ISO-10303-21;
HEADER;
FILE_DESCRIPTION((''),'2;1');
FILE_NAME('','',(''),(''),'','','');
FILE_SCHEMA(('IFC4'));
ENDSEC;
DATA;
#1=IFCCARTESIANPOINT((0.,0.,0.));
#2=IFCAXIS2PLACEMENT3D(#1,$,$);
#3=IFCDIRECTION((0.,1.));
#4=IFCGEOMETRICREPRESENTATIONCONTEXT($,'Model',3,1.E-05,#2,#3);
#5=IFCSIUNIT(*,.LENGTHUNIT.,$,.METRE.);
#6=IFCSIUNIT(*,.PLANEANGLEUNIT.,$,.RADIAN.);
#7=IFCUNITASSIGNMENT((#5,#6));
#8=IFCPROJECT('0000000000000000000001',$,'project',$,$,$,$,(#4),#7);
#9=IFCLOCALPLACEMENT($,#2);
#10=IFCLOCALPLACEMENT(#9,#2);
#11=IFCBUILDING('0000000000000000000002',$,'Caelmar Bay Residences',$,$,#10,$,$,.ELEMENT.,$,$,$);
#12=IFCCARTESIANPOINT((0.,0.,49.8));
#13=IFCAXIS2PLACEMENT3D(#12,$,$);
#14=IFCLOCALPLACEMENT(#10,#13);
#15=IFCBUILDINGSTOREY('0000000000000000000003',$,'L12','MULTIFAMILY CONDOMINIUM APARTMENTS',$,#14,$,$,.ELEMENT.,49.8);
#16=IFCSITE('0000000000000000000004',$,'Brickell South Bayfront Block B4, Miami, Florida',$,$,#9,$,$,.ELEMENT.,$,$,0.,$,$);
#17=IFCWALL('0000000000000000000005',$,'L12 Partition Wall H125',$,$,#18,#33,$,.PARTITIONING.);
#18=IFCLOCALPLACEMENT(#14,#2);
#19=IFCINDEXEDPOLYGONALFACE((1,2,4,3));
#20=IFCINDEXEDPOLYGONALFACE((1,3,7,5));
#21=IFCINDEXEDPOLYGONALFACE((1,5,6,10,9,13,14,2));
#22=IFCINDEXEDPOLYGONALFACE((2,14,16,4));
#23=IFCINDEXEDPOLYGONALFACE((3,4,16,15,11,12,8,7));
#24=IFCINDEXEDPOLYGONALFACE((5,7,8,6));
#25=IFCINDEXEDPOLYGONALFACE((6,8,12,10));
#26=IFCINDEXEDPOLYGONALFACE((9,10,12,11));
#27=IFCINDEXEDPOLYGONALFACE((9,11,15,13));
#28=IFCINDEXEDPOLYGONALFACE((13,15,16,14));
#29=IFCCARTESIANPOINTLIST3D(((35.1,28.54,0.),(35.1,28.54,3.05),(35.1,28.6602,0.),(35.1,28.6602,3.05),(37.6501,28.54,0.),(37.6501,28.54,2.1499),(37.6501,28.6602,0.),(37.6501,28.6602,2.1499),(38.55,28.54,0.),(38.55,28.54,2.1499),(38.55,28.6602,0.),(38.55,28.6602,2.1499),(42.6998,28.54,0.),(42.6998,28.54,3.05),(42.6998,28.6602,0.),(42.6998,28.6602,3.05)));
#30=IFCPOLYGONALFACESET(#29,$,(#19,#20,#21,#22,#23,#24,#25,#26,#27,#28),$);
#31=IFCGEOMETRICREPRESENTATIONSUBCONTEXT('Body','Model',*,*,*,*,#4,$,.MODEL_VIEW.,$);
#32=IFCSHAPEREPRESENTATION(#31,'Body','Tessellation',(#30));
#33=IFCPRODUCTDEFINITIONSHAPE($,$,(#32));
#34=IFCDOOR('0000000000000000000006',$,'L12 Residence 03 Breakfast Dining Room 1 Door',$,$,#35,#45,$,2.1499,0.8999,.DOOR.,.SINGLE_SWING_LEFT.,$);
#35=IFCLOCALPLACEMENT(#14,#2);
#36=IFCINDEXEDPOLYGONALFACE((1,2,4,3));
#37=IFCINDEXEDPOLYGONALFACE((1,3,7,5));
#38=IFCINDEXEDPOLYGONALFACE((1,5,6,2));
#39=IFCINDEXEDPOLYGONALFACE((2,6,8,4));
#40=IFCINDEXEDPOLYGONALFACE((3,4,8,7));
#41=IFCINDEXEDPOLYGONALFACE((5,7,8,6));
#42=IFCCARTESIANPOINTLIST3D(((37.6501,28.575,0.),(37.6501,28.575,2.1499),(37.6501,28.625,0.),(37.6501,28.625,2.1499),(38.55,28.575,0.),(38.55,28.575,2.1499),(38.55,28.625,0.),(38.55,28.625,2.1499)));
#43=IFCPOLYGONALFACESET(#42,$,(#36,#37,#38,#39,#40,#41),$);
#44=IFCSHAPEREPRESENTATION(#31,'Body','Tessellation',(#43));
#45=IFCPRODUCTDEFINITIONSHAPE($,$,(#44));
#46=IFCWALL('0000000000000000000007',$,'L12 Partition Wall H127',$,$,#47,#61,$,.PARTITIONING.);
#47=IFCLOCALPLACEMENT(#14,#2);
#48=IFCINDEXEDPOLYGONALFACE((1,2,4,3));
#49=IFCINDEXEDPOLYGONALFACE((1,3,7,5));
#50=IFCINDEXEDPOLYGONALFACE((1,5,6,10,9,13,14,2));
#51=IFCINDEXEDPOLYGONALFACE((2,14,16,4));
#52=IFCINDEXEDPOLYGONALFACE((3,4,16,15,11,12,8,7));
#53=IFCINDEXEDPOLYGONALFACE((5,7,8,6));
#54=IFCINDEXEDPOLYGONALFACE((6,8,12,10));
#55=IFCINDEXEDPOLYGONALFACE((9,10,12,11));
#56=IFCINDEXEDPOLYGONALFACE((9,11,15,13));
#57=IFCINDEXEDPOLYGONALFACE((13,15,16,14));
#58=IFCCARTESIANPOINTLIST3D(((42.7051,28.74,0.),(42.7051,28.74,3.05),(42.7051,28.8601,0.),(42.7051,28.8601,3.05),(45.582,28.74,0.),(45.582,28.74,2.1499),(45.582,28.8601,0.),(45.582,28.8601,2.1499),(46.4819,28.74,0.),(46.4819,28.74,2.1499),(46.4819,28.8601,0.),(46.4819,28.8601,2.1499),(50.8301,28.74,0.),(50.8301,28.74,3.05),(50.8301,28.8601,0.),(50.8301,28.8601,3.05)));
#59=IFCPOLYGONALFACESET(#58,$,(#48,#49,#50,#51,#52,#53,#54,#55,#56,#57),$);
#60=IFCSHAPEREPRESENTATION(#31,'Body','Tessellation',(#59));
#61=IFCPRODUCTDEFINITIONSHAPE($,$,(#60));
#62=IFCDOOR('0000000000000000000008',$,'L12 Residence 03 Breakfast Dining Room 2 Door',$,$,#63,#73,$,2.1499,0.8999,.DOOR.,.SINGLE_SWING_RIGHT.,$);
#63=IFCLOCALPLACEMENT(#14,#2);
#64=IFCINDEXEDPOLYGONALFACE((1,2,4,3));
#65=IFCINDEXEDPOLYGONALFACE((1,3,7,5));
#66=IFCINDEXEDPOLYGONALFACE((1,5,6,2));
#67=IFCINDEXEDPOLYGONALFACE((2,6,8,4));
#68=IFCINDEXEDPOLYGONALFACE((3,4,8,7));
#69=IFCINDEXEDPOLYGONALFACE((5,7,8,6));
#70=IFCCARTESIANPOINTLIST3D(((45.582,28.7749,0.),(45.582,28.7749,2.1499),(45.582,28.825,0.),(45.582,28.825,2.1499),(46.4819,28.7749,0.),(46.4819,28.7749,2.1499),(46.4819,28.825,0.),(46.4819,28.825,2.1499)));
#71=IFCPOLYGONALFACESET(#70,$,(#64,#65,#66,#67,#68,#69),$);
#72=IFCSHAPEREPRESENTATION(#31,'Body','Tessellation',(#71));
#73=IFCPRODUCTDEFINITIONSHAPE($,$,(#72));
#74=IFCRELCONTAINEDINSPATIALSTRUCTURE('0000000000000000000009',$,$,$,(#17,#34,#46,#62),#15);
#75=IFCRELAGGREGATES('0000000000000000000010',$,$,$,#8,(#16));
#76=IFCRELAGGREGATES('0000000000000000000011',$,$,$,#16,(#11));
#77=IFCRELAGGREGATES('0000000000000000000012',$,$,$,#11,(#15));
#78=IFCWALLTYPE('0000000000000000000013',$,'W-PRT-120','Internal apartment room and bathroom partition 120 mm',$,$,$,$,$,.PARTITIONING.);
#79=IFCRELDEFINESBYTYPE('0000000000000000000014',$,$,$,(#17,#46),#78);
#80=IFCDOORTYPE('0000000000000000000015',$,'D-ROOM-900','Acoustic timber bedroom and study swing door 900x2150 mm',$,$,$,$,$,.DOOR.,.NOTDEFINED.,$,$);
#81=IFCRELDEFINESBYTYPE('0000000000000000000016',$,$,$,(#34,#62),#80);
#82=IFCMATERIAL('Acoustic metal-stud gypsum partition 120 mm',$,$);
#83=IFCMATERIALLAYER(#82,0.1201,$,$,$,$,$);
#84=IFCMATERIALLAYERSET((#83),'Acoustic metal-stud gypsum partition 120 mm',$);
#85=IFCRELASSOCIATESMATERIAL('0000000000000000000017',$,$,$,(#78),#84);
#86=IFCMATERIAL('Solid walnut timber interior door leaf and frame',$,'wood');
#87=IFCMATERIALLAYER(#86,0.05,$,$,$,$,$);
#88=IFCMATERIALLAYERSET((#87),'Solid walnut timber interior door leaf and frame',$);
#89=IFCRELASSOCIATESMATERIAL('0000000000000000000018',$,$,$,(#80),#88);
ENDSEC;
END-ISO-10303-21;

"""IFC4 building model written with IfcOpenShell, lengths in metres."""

from ifc_helpers import new_model, si_unit, direction, frame, frame_2d, origin, place, context, subcontext, project, spatial, rectangle, extrude, material, layer, layer_set, type_object, element, fill, save


model = new_model("IFC4")

# Units and contexts
model_context = context("Model", 3, precision=1e-05, world=origin(), true_north=direction((0.0, 1.0)))
body_context = subcontext(model_context, "Body", "Model", "MODEL_VIEW")
ifc_project = project(units=[si_unit("LENGTHUNIT", "METRE"), si_unit("PLANEANGLEUNIT", "RADIAN")], contexts=[model_context])

# Site, building, storey
site_placement = place(None, origin())
site = spatial("IfcSite", under=ifc_project, at=site_placement, Name="Brickell South Bayfront Block B4, Miami, Florida", CompositionType="ELEMENT", RefElevation=0.0)
building_placement = place(site_placement, origin())
building = spatial("IfcBuilding", under=site, at=building_placement, Name="Caelmar Bay Residences", CompositionType="ELEMENT")
storey_placement = place(building_placement, frame((0.0, 0.0, 49.8)))
storey = spatial("IfcBuildingStorey", under=building, at=storey_placement, Name="L12", Description="MULTIFAMILY CONDOMINIUM APARTMENTS", CompositionType="ELEMENT", Elevation=49.8)

# Shared definitions
ifc_material_1 = material(Name="Acoustic metal-stud gypsum partition 120 mm")
ifc_layer_1 = layer(ifc_material_1, 0.1201)
ifc_layer_set_1 = layer_set([ifc_layer_1], Name="Acoustic metal-stud gypsum partition 120 mm")
wall_type = type_object("IfcWallType", Name="W-PRT-120", Description="Internal apartment room and bathroom partition 120 mm", PredefinedType="PARTITIONING", material=ifc_layer_set_1)

# Shared definitions
ifc_material_2 = material(Name="Solid walnut timber interior door leaf and frame", Category="wood")
ifc_layer_2 = layer(ifc_material_2, 0.05)
ifc_layer_set_2 = layer_set([ifc_layer_2], Name="Solid walnut timber interior door leaf and frame")
door_type = type_object("IfcDoorType", Name="D-ROOM-900", Description="Acoustic timber bedroom and study swing door 900x2150 mm", OperationType="NOTDEFINED", PredefinedType="DOOR", material=ifc_layer_set_2)

# Walls, openings, doors
wall_1_placement = place(storey_placement, frame((35.1001, 28.6001, 0.0), z_axis=(0.0, 0.0, 1.0), x_axis=(1.0, 0.0, 0.0)))
wall_1 = element("IfcWall", 1, at=wall_1_placement, inside=storey, type_object=wall_type, Name="L12 Partition Wall H125", PredefinedType="PARTITIONING", context=body_context, shape_type="SweptSolid", body=[
    extrude(rectangle(XDim=7.5999, YDim=0.1201, at=frame_2d((3.7998, 0.0))), origin(), (0.0, 0.0, 1.0), 3.05),
])
opening_1_placement = place(wall_1_placement, frame((2.55, 0.0, 0.0)))
opening_1 = element("IfcOpeningElement", 2, at=opening_1_placement, cuts=wall_1, PredefinedType="OPENING", context=body_context, shape_type="SweptSolid", body=[
    extrude(rectangle(XDim=0.8999, YDim=2.1499, at=frame_2d((0.45, 1.075))), frame((0.0, 0.0701, 0.0), z_axis=(0.0, -1.0, 0.0), x_axis=(1.0, 0.0, 0.0)), (0.0, 0.0, 1.0), 0.1401),
])
door_1_placement = place(opening_1_placement, origin())
door_1 = element("IfcDoor", 3, at=door_1_placement, inside=storey, type_object=door_type, Name="L12 Residence 03 Breakfast Dining Room 1 Door", OperationType="SINGLE_SWING_LEFT", OverallHeight=2.1499, OverallWidth=0.8999, PredefinedType="DOOR", context=body_context, shape_type="SweptSolid", body=[
    extrude(rectangle(XDim=0.8999, YDim=2.1499, at=frame_2d((0.45, 1.075))), frame((0.0, 0.0249, 0.0), z_axis=(0.0, -1.0, 0.0), x_axis=(1.0, 0.0, 0.0)), (0.0, 0.0, 1.0), 0.05),
])
fill(opening_1, door_1)
wall_2_placement = place(storey_placement, frame((42.7051, 28.8, 0.0), z_axis=(0.0, 0.0, 1.0), x_axis=(1.0, 0.0, 0.0)))
wall_2 = element("IfcWall", 4, at=wall_2_placement, inside=storey, type_object=wall_type, Name="L12 Partition Wall H127", PredefinedType="PARTITIONING", context=body_context, shape_type="SweptSolid", body=[
    extrude(rectangle(XDim=8.125, YDim=0.1201, at=frame_2d((4.0625, 0.0))), origin(), (0.0, 0.0, 1.0), 3.05),
])
opening_2_placement = place(wall_2_placement, frame((2.877, 0.0, 0.0)))
opening_2 = element("IfcOpeningElement", 5, at=opening_2_placement, cuts=wall_2, PredefinedType="OPENING", context=body_context, shape_type="SweptSolid", body=[
    extrude(rectangle(XDim=0.8999, YDim=2.1499, at=frame_2d((0.45, 1.075))), frame((0.0, 0.0701, 0.0), z_axis=(0.0, -1.0, 0.0), x_axis=(1.0, 0.0, 0.0)), (0.0, 0.0, 1.0), 0.1401),
])
door_2_placement = place(opening_2_placement, origin())
door_2 = element("IfcDoor", 6, at=door_2_placement, inside=storey, type_object=door_type, Name="L12 Residence 03 Breakfast Dining Room 2 Door", OperationType="SINGLE_SWING_RIGHT", OverallHeight=2.1499, OverallWidth=0.8999, PredefinedType="DOOR", context=body_context, shape_type="SweptSolid", body=[
    extrude(rectangle(XDim=0.8999, YDim=2.1499, at=frame_2d((0.45, 1.075))), frame((0.0, 0.0249, 0.0), z_axis=(0.0, -1.0, 0.0), x_axis=(1.0, 0.0, 0.0)), (0.0, 0.0, 1.0), 0.05),
])
fill(opening_2, door_2)

save(model, "model.ifc")
